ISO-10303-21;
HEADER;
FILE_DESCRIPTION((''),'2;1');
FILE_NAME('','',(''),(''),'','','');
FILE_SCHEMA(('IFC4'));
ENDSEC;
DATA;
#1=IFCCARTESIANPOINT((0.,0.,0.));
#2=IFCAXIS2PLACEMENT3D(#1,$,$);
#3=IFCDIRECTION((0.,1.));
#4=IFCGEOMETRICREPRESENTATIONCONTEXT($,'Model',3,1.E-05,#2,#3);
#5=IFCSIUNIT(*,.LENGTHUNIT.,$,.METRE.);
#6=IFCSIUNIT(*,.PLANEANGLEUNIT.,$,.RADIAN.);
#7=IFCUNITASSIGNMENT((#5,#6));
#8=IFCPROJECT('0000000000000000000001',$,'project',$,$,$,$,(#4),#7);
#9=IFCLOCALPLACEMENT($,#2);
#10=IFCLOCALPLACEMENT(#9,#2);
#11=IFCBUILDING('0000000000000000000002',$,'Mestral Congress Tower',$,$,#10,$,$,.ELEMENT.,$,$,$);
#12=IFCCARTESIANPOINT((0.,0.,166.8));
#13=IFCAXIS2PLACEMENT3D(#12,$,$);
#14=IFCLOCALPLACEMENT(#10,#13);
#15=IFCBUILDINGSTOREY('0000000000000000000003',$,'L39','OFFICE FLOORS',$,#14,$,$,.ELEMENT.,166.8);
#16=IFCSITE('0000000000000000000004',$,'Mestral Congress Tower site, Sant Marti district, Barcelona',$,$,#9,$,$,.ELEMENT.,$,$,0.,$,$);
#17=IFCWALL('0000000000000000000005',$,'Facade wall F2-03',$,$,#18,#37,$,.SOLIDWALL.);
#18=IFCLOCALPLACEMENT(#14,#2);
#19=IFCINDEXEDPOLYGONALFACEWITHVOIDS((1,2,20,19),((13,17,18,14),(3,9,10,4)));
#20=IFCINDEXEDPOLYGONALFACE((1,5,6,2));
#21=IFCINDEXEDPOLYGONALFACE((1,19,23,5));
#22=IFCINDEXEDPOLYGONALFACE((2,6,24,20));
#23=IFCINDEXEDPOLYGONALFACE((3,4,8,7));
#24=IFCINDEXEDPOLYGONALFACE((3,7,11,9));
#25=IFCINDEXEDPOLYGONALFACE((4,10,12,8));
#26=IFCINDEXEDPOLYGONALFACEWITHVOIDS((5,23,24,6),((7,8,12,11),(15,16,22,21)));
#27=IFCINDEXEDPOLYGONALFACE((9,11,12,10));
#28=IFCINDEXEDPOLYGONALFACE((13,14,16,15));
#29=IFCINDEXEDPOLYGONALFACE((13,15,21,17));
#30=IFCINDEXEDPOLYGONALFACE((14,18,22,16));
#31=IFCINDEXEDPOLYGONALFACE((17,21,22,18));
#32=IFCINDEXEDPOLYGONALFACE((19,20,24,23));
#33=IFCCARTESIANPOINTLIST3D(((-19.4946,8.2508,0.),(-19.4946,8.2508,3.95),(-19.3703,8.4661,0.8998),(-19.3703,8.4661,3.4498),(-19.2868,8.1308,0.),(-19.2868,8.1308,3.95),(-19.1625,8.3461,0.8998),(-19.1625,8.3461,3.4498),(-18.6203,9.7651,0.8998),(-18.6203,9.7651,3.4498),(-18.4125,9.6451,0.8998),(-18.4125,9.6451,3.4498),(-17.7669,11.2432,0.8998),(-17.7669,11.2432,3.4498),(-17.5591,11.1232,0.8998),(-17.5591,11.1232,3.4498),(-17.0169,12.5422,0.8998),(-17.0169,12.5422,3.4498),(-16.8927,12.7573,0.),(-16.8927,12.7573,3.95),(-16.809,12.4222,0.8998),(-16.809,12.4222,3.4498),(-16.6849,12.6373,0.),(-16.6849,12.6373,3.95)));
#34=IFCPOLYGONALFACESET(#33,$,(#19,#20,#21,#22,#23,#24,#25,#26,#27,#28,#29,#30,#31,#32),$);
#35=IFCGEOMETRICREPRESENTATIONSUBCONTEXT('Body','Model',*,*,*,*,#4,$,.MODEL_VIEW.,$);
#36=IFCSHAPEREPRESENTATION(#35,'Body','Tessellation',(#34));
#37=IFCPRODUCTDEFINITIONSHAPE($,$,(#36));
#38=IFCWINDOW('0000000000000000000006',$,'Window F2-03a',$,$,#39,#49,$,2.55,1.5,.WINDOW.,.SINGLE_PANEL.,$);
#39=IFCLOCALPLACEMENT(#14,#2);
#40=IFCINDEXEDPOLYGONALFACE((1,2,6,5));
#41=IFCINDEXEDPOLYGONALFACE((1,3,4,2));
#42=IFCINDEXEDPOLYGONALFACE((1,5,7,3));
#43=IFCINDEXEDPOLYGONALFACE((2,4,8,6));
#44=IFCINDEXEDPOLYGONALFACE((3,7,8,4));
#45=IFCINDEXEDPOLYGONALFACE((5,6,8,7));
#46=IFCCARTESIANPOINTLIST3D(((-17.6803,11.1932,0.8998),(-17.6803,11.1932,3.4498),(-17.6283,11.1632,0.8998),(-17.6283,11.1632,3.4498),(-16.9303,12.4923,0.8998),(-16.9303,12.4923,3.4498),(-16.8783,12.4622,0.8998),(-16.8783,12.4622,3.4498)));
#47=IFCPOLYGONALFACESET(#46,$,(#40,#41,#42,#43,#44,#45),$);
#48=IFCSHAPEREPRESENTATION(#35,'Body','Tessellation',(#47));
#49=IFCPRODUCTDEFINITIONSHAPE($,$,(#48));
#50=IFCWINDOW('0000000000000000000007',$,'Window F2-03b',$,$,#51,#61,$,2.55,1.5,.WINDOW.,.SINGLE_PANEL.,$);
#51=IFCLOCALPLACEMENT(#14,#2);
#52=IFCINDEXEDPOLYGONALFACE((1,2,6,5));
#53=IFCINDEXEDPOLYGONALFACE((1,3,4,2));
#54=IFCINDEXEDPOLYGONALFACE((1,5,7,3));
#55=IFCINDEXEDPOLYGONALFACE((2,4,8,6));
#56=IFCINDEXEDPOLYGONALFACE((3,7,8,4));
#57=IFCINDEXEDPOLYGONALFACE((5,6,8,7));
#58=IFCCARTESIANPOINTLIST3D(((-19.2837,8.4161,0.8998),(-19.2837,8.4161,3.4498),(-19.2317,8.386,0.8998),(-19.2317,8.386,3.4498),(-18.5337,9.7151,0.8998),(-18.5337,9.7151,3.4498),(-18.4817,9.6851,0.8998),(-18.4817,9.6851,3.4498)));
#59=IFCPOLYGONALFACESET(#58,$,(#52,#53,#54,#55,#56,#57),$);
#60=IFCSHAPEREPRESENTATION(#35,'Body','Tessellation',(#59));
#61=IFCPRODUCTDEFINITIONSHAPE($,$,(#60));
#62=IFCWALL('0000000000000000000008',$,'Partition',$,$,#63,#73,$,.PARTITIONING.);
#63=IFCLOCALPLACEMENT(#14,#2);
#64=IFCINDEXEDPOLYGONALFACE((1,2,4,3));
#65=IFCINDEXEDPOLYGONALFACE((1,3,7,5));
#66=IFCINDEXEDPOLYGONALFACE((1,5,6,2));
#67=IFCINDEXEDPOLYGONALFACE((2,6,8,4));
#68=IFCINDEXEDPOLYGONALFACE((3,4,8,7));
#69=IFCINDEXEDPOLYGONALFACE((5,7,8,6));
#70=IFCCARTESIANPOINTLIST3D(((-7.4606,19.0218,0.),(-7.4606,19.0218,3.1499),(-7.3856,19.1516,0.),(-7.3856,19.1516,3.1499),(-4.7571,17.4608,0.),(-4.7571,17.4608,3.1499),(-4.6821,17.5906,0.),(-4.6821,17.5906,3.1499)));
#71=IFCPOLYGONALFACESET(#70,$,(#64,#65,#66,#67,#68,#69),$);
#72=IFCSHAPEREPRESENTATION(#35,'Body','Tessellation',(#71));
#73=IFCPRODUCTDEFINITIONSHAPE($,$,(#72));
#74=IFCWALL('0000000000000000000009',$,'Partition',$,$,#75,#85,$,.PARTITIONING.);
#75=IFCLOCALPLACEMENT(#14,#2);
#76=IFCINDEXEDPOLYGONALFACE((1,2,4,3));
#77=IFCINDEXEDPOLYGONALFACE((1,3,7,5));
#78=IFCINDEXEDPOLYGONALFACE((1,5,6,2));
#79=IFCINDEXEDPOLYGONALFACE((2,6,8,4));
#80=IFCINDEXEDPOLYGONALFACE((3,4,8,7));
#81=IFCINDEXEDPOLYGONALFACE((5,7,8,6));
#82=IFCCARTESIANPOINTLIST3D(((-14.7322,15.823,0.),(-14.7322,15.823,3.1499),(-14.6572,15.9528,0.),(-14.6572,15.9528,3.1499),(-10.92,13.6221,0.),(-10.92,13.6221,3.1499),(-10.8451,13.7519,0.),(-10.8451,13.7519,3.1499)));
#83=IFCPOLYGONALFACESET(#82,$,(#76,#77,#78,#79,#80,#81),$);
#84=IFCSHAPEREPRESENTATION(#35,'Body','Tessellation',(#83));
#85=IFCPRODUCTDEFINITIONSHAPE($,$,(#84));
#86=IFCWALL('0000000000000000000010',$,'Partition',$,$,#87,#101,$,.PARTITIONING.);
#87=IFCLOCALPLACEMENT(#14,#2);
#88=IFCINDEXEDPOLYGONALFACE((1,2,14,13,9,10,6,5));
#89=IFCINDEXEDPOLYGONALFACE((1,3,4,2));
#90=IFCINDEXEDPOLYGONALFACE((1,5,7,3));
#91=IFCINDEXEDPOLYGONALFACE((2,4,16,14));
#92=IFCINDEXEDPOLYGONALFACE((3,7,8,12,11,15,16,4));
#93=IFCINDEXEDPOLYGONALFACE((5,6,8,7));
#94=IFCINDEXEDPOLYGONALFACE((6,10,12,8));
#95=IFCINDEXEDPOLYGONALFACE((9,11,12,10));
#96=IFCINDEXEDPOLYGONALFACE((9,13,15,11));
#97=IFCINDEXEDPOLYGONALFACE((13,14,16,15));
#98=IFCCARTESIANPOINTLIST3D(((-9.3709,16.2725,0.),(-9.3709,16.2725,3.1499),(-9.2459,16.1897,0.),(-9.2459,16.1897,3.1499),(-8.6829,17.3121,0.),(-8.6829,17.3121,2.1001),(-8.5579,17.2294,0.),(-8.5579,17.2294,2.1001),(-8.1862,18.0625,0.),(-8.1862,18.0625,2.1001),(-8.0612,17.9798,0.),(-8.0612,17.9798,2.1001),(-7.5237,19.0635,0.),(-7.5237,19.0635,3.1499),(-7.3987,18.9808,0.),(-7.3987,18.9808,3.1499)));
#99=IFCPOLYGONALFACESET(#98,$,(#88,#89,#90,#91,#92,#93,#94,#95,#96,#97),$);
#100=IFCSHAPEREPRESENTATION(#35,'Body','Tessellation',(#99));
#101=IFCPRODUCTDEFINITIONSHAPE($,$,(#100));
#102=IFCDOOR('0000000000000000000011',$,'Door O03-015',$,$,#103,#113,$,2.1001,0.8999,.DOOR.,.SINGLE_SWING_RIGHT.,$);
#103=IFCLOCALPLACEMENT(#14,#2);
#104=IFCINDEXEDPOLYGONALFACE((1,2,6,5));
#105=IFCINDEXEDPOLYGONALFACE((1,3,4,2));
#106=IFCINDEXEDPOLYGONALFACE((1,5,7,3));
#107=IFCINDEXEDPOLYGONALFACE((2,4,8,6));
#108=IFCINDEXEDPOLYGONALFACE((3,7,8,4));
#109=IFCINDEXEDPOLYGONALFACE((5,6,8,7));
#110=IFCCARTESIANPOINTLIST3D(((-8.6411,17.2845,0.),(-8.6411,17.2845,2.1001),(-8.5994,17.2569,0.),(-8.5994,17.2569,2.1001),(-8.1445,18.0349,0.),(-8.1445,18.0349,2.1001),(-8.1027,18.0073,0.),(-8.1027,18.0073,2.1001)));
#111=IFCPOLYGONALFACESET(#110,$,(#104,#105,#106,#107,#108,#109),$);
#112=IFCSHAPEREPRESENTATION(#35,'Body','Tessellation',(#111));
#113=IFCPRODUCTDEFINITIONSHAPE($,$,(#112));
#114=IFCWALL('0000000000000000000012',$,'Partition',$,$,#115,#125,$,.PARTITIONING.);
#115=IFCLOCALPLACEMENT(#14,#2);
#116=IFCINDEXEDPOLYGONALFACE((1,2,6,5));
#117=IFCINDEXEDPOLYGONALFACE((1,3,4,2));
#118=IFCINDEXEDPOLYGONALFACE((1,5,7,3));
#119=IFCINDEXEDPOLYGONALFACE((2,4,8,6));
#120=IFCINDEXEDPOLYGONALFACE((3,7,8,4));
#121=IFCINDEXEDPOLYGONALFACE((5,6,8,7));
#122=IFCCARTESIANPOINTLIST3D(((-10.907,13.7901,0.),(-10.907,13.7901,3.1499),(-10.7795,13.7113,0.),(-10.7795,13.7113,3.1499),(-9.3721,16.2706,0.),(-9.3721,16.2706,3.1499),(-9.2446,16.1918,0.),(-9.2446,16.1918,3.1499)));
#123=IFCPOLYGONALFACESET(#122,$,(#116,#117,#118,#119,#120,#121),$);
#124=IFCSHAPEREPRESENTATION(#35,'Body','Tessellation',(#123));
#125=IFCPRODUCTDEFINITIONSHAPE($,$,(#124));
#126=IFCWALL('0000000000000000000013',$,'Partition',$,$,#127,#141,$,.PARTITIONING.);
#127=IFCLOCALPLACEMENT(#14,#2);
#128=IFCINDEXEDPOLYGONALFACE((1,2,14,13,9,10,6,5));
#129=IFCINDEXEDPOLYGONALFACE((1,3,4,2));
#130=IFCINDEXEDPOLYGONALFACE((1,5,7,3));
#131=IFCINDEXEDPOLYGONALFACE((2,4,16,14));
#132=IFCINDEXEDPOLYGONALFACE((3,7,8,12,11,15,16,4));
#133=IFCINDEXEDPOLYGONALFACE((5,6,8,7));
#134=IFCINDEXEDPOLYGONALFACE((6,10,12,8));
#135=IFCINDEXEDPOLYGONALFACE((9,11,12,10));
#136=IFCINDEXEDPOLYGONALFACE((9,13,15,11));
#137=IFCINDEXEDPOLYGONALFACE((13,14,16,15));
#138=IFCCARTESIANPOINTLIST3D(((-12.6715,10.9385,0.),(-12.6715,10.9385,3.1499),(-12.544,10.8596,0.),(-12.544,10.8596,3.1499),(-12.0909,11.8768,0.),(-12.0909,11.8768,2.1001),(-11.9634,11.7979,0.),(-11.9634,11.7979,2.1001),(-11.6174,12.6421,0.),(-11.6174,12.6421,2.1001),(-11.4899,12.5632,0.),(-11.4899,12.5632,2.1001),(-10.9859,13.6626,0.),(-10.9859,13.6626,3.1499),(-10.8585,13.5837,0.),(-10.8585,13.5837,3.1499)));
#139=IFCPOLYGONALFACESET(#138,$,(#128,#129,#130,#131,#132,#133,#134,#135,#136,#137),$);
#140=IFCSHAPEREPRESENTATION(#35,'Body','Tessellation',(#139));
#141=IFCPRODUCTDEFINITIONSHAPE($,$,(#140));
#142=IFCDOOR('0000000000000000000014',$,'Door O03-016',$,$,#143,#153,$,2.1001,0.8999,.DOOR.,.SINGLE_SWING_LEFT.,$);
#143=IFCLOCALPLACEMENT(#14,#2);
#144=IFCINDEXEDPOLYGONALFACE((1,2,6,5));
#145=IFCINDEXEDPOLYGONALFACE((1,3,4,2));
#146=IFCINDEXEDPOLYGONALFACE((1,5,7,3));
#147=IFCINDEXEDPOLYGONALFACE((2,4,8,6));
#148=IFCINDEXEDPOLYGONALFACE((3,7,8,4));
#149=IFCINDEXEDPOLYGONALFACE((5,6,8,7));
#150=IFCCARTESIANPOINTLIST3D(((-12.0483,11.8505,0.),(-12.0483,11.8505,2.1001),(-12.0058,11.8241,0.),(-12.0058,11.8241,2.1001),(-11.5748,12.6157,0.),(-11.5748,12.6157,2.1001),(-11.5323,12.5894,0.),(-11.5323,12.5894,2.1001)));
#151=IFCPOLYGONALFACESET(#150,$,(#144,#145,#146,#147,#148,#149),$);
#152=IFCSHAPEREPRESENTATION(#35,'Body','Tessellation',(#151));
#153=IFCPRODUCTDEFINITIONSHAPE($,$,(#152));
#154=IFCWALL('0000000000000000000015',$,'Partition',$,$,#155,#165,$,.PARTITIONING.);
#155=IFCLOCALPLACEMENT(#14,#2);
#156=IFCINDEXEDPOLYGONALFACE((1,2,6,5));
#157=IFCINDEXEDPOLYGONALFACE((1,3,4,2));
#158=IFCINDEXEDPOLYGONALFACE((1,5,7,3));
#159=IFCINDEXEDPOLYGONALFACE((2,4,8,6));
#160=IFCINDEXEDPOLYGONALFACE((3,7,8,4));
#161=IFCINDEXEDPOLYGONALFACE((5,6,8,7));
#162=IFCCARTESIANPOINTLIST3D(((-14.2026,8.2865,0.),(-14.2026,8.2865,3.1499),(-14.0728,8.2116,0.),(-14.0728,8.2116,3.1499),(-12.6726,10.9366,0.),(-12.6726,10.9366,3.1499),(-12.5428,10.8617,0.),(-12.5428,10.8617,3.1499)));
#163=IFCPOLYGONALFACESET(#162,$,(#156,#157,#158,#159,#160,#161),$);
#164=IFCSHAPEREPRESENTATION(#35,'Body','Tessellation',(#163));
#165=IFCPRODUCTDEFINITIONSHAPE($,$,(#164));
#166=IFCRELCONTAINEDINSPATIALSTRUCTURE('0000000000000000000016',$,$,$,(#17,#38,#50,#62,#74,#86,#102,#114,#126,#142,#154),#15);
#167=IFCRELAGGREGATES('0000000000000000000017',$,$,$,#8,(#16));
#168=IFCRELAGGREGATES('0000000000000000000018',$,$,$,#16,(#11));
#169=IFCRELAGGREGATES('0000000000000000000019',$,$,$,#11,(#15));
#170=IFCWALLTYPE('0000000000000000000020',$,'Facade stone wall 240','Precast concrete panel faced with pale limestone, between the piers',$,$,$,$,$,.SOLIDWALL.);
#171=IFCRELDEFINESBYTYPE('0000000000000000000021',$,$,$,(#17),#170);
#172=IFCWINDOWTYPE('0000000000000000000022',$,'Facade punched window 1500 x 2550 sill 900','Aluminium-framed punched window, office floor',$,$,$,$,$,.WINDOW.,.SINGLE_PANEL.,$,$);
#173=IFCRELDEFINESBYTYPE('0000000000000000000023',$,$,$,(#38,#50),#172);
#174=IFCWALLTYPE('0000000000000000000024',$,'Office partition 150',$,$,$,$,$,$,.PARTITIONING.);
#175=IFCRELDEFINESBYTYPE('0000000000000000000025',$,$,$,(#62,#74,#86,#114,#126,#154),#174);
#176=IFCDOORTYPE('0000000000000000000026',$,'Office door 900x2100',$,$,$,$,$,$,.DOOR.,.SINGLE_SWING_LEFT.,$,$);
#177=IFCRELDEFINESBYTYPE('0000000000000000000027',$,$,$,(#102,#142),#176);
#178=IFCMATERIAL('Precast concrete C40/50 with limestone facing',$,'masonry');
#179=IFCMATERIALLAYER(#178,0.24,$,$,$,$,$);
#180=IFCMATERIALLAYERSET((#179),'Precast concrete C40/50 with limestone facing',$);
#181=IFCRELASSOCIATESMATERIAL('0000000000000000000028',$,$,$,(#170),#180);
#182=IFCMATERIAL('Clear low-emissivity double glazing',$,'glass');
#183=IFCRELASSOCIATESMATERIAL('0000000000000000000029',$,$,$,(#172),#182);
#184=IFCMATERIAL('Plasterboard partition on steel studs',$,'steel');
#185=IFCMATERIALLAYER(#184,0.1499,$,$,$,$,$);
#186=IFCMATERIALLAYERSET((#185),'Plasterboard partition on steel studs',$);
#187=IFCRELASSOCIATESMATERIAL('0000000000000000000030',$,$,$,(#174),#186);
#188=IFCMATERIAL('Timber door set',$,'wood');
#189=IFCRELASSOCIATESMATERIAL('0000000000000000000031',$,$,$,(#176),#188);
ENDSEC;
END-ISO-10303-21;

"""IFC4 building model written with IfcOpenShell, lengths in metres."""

from ifc_helpers import new_model, si_unit, direction, frame, frame_2d, origin, place, context, subcontext, project, spatial, rectangle, extrude, material, layer, layer_set, type_object, element, fill, save


model = new_model("IFC4")

# Units and contexts
model_context = context("Model", 3, precision=1e-05, world=origin(), true_north=direction((0.0, 1.0)))
body_context = subcontext(model_context, "Body", "Model", "MODEL_VIEW")
ifc_project = project(units=[si_unit("LENGTHUNIT", "METRE"), si_unit("PLANEANGLEUNIT", "RADIAN")], contexts=[model_context])

# Site, building, storey
site_placement = place(None, origin())
site = spatial("IfcSite", under=ifc_project, at=site_placement, Name="Mestral Congress Tower site, Sant Marti district, Barcelona", CompositionType="ELEMENT", RefElevation=0.0)
building_placement = place(site_placement, origin())
building = spatial("IfcBuilding", under=site, at=building_placement, Name="Mestral Congress Tower", CompositionType="ELEMENT")
storey_placement = place(building_placement, frame((0.0, 0.0, 166.8)))
storey = spatial("IfcBuildingStorey", under=building, at=storey_placement, Name="L39", Description="OFFICE FLOORS", CompositionType="ELEMENT", Elevation=166.8)

# Wall, openings, windows
ifc_material_1 = material(Name="Precast concrete C40/50 with limestone facing", Category="masonry")
ifc_layer_1 = layer(ifc_material_1, 0.24)
ifc_layer_set_1 = layer_set([ifc_layer_1], Name="Precast concrete C40/50 with limestone facing")
wall_type_1 = type_object("IfcWallType", Name="Facade stone wall 240", Description="Precast concrete panel faced with pale limestone, between the piers", PredefinedType="SOLIDWALL", material=ifc_layer_set_1)
ifc_material_2 = material(Name="Clear low-emissivity double glazing", Category="glass")
window_type = type_object("IfcWindowType", Name="Facade punched window 1500 x 2550 sill 900", Description="Aluminium-framed punched window, office floor", PartitioningType="SINGLE_PANEL", PredefinedType="WINDOW", material=ifc_material_2)
wall_1_placement = place(storey_placement, frame((-16.7888, 12.6973, 0.0), z_axis=(0.0, 0.0, 1.0), x_axis=(-0.500009, -0.86602, 0.0)))
wall_1 = element("IfcWall", 1, at=wall_1_placement, inside=storey, type_object=wall_type_1, Name="Facade wall F2-03", PredefinedType="SOLIDWALL", context=body_context, shape_type="SweptSolid", body=[
    extrude(rectangle(XDim=5.2036, YDim=0.24, at=frame_2d((2.6018, 0.0))), origin(), (0.0, 0.0, 1.0), 3.95),
])
opening_1_placement = place(wall_1_placement, frame((0.2483, 0.0, 0.8999)))
opening_1 = element("IfcOpeningElement", 2, at=opening_1_placement, cuts=wall_1, PredefinedType="OPENING", context=body_context, shape_type="SweptSolid", body=[
    extrude(rectangle(XDim=1.5, YDim=2.55, at=frame_2d((0.75, 1.2749))), frame((0.0, 0.1299, 0.0), z_axis=(0.0, -1.0, 0.0), x_axis=(1.0, 0.0, 0.0)), (0.0, 0.0, 1.0), 0.26),
])
opening_2_placement = place(wall_1_placement, frame((3.4551, 0.0, 0.8999)))
opening_2 = element("IfcOpeningElement", 3, at=opening_2_placement, cuts=wall_1, PredefinedType="OPENING", context=body_context, shape_type="SweptSolid", body=[
    extrude(rectangle(XDim=1.5, YDim=2.55, at=frame_2d((0.75, 1.2749))), frame((0.0, 0.1299, 0.0), z_axis=(0.0, -1.0, 0.0), x_axis=(1.0, 0.0, 0.0)), (0.0, 0.0, 1.0), 0.26),
])
window_1_placement = place(opening_1_placement, origin())
window_1 = element("IfcWindow", 4, at=window_1_placement, inside=storey, type_object=window_type, Name="Window F2-03a", OverallHeight=2.55, OverallWidth=1.5, PartitioningType="SINGLE_PANEL", PredefinedType="WINDOW", context=body_context, shape_type="SweptSolid", body=[
    extrude(rectangle(XDim=1.5, YDim=2.55, at=frame_2d((0.75, 1.2749))), frame((0.0, 0.04, 0.0), z_axis=(0.0, -1.0, 0.0), x_axis=(1.0, 0.0, 0.0)), (0.0, 0.0, 1.0), 0.0601),
])
fill(opening_1, window_1)
window_2_placement = place(opening_2_placement, origin())
window_2 = element("IfcWindow", 5, at=window_2_placement, inside=storey, type_object=window_type, Name="Window F2-03b", OverallHeight=2.55, OverallWidth=1.5, PartitioningType="SINGLE_PANEL", PredefinedType="WINDOW", context=body_context, shape_type="SweptSolid", body=[
    extrude(rectangle(XDim=1.5, YDim=2.55, at=frame_2d((0.75, 1.2749))), frame((0.0, 0.04, 0.0), z_axis=(0.0, -1.0, 0.0), x_axis=(1.0, 0.0, 0.0)), (0.0, 0.0, 1.0), 0.0601),
])
fill(opening_2, window_2)

# Walls
ifc_material_3 = material(Name="Plasterboard partition on steel studs", Category="steel")
ifc_layer_2 = layer(ifc_material_3, 0.1499)
ifc_layer_set_2 = layer_set([ifc_layer_2], Name="Plasterboard partition on steel studs")
wall_type_2 = type_object("IfcWallType", Name="Office partition 150", PredefinedType="PARTITIONING", material=ifc_layer_set_2)
wall_2_placement = place(storey_placement, frame((-4.7195, 17.5256, 0.0), z_axis=(0.0, 0.0, 1.0), x_axis=(-0.866011, 0.500025, 0.0)))
element("IfcWall", 6, at=wall_2_placement, inside=storey, type_object=wall_type_2, Name="Partition", PredefinedType="PARTITIONING", context=body_context, shape_type="SweptSolid", body=[
    extrude(rectangle(XDim=3.1218, YDim=0.1499, at=frame_2d((1.561, 0.0))), origin(), (0.0, 0.0, 1.0), 3.1499),
])
wall_3_placement = place(storey_placement, frame((-10.8826, 13.687, 0.0), z_axis=(0.0, 0.0, 1.0), x_axis=(-0.866033, 0.499987, 0.0)))
element("IfcWall", 7, at=wall_3_placement, inside=storey, type_object=wall_type_2, Name="Partition", PredefinedType="PARTITIONING", context=body_context, shape_type="SweptSolid", body=[
    extrude(rectangle(XDim=4.4019, YDim=0.1499, at=frame_2d((2.2009, 0.0))), origin(), (0.0, 0.0, 1.0), 3.1499),
])

# Wall, opening, door
wall_4_placement = place(storey_placement, frame((-9.3083, 16.2312, 0.0), z_axis=(0.0, 0.0, 1.0), x_axis=(0.551903, 0.833909, 0.0)))
wall_4 = element("IfcWall", 8, at=wall_4_placement, inside=storey, type_object=wall_type_2, Name="Partition", PredefinedType="PARTITIONING", context=body_context, shape_type="SweptSolid", body=[
    extrude(rectangle(XDim=3.3469, YDim=0.1499, at=frame_2d((1.6733, 0.0))), origin(), (0.0, 0.0, 1.0), 3.1499),
])
opening_3_placement = place(wall_4_placement, frame((1.2466, 0.0, 0.0)))
opening_3 = element("IfcOpeningElement", 9, at=opening_3_placement, cuts=wall_4, PredefinedType="OPENING", context=body_context, shape_type="SweptSolid", body=[
    extrude(rectangle(XDim=0.8999, YDim=2.1001, at=frame_2d((0.45, 1.05))), frame((0.0, 0.085, 0.0), z_axis=(0.0, -1.0, 0.0), x_axis=(1.0, 0.0, 0.0)), (0.0, 0.0, 1.0), 0.1699),
])
ifc_material_4 = material(Name="Timber door set", Category="wood")
door_type_1 = type_object("IfcDoorType", Name="Office door 900x2100", OperationType="SINGLE_SWING_LEFT", PredefinedType="DOOR", material=ifc_material_4)
door_1_placement = place(opening_3_placement, origin())
door_1 = element("IfcDoor", 10, at=door_1_placement, inside=storey, type_object=door_type_1, Name="Door O03-015", OperationType="SINGLE_SWING_RIGHT", OverallHeight=2.1001, OverallWidth=0.8999, PredefinedType="DOOR", context=body_context, shape_type="SweptSolid", body=[
    extrude(rectangle(XDim=0.8999, YDim=2.1001, at=frame_2d((0.45, 1.05))), frame((0.0, 0.0249, 0.0), z_axis=(0.0, -1.0, 0.0), x_axis=(1.0, 0.0, 0.0)), (0.0, 0.0, 1.0), 0.05),
])
fill(opening_3, door_1)

# Wall
wall_5_placement = place(storey_placement, frame((-9.3083, 16.2312, 0.0), z_axis=(0.0, 0.0, 1.0), x_axis=(-0.526202, -0.85036, 0.0)))
element("IfcWall", 11, at=wall_5_placement, inside=storey, type_object=wall_type_2, Name="Partition", PredefinedType="PARTITIONING", context=body_context, shape_type="SweptSolid", body=[
    extrude(rectangle(XDim=2.917, YDim=0.1499, at=frame_2d((1.4585, 0.0))), origin(), (0.0, 0.0, 1.0), 3.1499),
])

# Wall, opening, door
wall_6_placement = place(storey_placement, frame((-12.6077, 10.8992, 0.0), z_axis=(0.0, 0.0, 1.0), x_axis=(0.526171, 0.850379, 0.0)))
wall_6 = element("IfcWall", 12, at=wall_6_placement, inside=storey, type_object=wall_type_2, Name="Partition", PredefinedType="PARTITIONING", context=body_context, shape_type="SweptSolid", body=[
    extrude(rectangle(XDim=3.2034, YDim=0.1499, at=frame_2d((1.6016, 0.0))), origin(), (0.0, 0.0, 1.0), 3.1499),
])
opening_4_placement = place(wall_6_placement, frame((1.1033, 0.0, 0.0)))
opening_4 = element("IfcOpeningElement", 13, at=opening_4_placement, cuts=wall_6, PredefinedType="OPENING", context=body_context, shape_type="SweptSolid", body=[
    extrude(rectangle(XDim=0.8999, YDim=2.1001, at=frame_2d((0.45, 1.05))), frame((0.0, 0.085, 0.0), z_axis=(0.0, -1.0, 0.0), x_axis=(1.0, 0.0, 0.0)), (0.0, 0.0, 1.0), 0.1699),
])
door_2_placement = place(opening_4_placement, origin())
door_2 = element("IfcDoor", 14, at=door_2_placement, inside=storey, type_object=door_type_1, Name="Door O03-016", OperationType="SINGLE_SWING_LEFT", OverallHeight=2.1001, OverallWidth=0.8999, PredefinedType="DOOR", context=body_context, shape_type="SweptSolid", body=[
    extrude(rectangle(XDim=0.8999, YDim=2.1001, at=frame_2d((0.45, 1.05))), frame((0.0, 0.0249, 0.0), z_axis=(0.0, -1.0, 0.0), x_axis=(1.0, 0.0, 0.0)), (0.0, 0.0, 1.0), 0.05),
])
fill(opening_4, door_2)

# Wall
wall_7_placement = place(storey_placement, frame((-12.6077, 10.8992, 0.0), z_axis=(0.0, 0.0, 1.0), x_axis=(-0.499992, -0.86603, 0.0)))
element("IfcWall", 15, at=wall_7_placement, inside=storey, type_object=wall_type_2, Name="Partition", PredefinedType="PARTITIONING", context=body_context, shape_type="SweptSolid", body=[
    extrude(rectangle(XDim=3.0601, YDim=0.1499, at=frame_2d((1.53, 0.0))), origin(), (0.0, 0.0, 1.0), 3.1499),
])

save(model, "model.ifc")
